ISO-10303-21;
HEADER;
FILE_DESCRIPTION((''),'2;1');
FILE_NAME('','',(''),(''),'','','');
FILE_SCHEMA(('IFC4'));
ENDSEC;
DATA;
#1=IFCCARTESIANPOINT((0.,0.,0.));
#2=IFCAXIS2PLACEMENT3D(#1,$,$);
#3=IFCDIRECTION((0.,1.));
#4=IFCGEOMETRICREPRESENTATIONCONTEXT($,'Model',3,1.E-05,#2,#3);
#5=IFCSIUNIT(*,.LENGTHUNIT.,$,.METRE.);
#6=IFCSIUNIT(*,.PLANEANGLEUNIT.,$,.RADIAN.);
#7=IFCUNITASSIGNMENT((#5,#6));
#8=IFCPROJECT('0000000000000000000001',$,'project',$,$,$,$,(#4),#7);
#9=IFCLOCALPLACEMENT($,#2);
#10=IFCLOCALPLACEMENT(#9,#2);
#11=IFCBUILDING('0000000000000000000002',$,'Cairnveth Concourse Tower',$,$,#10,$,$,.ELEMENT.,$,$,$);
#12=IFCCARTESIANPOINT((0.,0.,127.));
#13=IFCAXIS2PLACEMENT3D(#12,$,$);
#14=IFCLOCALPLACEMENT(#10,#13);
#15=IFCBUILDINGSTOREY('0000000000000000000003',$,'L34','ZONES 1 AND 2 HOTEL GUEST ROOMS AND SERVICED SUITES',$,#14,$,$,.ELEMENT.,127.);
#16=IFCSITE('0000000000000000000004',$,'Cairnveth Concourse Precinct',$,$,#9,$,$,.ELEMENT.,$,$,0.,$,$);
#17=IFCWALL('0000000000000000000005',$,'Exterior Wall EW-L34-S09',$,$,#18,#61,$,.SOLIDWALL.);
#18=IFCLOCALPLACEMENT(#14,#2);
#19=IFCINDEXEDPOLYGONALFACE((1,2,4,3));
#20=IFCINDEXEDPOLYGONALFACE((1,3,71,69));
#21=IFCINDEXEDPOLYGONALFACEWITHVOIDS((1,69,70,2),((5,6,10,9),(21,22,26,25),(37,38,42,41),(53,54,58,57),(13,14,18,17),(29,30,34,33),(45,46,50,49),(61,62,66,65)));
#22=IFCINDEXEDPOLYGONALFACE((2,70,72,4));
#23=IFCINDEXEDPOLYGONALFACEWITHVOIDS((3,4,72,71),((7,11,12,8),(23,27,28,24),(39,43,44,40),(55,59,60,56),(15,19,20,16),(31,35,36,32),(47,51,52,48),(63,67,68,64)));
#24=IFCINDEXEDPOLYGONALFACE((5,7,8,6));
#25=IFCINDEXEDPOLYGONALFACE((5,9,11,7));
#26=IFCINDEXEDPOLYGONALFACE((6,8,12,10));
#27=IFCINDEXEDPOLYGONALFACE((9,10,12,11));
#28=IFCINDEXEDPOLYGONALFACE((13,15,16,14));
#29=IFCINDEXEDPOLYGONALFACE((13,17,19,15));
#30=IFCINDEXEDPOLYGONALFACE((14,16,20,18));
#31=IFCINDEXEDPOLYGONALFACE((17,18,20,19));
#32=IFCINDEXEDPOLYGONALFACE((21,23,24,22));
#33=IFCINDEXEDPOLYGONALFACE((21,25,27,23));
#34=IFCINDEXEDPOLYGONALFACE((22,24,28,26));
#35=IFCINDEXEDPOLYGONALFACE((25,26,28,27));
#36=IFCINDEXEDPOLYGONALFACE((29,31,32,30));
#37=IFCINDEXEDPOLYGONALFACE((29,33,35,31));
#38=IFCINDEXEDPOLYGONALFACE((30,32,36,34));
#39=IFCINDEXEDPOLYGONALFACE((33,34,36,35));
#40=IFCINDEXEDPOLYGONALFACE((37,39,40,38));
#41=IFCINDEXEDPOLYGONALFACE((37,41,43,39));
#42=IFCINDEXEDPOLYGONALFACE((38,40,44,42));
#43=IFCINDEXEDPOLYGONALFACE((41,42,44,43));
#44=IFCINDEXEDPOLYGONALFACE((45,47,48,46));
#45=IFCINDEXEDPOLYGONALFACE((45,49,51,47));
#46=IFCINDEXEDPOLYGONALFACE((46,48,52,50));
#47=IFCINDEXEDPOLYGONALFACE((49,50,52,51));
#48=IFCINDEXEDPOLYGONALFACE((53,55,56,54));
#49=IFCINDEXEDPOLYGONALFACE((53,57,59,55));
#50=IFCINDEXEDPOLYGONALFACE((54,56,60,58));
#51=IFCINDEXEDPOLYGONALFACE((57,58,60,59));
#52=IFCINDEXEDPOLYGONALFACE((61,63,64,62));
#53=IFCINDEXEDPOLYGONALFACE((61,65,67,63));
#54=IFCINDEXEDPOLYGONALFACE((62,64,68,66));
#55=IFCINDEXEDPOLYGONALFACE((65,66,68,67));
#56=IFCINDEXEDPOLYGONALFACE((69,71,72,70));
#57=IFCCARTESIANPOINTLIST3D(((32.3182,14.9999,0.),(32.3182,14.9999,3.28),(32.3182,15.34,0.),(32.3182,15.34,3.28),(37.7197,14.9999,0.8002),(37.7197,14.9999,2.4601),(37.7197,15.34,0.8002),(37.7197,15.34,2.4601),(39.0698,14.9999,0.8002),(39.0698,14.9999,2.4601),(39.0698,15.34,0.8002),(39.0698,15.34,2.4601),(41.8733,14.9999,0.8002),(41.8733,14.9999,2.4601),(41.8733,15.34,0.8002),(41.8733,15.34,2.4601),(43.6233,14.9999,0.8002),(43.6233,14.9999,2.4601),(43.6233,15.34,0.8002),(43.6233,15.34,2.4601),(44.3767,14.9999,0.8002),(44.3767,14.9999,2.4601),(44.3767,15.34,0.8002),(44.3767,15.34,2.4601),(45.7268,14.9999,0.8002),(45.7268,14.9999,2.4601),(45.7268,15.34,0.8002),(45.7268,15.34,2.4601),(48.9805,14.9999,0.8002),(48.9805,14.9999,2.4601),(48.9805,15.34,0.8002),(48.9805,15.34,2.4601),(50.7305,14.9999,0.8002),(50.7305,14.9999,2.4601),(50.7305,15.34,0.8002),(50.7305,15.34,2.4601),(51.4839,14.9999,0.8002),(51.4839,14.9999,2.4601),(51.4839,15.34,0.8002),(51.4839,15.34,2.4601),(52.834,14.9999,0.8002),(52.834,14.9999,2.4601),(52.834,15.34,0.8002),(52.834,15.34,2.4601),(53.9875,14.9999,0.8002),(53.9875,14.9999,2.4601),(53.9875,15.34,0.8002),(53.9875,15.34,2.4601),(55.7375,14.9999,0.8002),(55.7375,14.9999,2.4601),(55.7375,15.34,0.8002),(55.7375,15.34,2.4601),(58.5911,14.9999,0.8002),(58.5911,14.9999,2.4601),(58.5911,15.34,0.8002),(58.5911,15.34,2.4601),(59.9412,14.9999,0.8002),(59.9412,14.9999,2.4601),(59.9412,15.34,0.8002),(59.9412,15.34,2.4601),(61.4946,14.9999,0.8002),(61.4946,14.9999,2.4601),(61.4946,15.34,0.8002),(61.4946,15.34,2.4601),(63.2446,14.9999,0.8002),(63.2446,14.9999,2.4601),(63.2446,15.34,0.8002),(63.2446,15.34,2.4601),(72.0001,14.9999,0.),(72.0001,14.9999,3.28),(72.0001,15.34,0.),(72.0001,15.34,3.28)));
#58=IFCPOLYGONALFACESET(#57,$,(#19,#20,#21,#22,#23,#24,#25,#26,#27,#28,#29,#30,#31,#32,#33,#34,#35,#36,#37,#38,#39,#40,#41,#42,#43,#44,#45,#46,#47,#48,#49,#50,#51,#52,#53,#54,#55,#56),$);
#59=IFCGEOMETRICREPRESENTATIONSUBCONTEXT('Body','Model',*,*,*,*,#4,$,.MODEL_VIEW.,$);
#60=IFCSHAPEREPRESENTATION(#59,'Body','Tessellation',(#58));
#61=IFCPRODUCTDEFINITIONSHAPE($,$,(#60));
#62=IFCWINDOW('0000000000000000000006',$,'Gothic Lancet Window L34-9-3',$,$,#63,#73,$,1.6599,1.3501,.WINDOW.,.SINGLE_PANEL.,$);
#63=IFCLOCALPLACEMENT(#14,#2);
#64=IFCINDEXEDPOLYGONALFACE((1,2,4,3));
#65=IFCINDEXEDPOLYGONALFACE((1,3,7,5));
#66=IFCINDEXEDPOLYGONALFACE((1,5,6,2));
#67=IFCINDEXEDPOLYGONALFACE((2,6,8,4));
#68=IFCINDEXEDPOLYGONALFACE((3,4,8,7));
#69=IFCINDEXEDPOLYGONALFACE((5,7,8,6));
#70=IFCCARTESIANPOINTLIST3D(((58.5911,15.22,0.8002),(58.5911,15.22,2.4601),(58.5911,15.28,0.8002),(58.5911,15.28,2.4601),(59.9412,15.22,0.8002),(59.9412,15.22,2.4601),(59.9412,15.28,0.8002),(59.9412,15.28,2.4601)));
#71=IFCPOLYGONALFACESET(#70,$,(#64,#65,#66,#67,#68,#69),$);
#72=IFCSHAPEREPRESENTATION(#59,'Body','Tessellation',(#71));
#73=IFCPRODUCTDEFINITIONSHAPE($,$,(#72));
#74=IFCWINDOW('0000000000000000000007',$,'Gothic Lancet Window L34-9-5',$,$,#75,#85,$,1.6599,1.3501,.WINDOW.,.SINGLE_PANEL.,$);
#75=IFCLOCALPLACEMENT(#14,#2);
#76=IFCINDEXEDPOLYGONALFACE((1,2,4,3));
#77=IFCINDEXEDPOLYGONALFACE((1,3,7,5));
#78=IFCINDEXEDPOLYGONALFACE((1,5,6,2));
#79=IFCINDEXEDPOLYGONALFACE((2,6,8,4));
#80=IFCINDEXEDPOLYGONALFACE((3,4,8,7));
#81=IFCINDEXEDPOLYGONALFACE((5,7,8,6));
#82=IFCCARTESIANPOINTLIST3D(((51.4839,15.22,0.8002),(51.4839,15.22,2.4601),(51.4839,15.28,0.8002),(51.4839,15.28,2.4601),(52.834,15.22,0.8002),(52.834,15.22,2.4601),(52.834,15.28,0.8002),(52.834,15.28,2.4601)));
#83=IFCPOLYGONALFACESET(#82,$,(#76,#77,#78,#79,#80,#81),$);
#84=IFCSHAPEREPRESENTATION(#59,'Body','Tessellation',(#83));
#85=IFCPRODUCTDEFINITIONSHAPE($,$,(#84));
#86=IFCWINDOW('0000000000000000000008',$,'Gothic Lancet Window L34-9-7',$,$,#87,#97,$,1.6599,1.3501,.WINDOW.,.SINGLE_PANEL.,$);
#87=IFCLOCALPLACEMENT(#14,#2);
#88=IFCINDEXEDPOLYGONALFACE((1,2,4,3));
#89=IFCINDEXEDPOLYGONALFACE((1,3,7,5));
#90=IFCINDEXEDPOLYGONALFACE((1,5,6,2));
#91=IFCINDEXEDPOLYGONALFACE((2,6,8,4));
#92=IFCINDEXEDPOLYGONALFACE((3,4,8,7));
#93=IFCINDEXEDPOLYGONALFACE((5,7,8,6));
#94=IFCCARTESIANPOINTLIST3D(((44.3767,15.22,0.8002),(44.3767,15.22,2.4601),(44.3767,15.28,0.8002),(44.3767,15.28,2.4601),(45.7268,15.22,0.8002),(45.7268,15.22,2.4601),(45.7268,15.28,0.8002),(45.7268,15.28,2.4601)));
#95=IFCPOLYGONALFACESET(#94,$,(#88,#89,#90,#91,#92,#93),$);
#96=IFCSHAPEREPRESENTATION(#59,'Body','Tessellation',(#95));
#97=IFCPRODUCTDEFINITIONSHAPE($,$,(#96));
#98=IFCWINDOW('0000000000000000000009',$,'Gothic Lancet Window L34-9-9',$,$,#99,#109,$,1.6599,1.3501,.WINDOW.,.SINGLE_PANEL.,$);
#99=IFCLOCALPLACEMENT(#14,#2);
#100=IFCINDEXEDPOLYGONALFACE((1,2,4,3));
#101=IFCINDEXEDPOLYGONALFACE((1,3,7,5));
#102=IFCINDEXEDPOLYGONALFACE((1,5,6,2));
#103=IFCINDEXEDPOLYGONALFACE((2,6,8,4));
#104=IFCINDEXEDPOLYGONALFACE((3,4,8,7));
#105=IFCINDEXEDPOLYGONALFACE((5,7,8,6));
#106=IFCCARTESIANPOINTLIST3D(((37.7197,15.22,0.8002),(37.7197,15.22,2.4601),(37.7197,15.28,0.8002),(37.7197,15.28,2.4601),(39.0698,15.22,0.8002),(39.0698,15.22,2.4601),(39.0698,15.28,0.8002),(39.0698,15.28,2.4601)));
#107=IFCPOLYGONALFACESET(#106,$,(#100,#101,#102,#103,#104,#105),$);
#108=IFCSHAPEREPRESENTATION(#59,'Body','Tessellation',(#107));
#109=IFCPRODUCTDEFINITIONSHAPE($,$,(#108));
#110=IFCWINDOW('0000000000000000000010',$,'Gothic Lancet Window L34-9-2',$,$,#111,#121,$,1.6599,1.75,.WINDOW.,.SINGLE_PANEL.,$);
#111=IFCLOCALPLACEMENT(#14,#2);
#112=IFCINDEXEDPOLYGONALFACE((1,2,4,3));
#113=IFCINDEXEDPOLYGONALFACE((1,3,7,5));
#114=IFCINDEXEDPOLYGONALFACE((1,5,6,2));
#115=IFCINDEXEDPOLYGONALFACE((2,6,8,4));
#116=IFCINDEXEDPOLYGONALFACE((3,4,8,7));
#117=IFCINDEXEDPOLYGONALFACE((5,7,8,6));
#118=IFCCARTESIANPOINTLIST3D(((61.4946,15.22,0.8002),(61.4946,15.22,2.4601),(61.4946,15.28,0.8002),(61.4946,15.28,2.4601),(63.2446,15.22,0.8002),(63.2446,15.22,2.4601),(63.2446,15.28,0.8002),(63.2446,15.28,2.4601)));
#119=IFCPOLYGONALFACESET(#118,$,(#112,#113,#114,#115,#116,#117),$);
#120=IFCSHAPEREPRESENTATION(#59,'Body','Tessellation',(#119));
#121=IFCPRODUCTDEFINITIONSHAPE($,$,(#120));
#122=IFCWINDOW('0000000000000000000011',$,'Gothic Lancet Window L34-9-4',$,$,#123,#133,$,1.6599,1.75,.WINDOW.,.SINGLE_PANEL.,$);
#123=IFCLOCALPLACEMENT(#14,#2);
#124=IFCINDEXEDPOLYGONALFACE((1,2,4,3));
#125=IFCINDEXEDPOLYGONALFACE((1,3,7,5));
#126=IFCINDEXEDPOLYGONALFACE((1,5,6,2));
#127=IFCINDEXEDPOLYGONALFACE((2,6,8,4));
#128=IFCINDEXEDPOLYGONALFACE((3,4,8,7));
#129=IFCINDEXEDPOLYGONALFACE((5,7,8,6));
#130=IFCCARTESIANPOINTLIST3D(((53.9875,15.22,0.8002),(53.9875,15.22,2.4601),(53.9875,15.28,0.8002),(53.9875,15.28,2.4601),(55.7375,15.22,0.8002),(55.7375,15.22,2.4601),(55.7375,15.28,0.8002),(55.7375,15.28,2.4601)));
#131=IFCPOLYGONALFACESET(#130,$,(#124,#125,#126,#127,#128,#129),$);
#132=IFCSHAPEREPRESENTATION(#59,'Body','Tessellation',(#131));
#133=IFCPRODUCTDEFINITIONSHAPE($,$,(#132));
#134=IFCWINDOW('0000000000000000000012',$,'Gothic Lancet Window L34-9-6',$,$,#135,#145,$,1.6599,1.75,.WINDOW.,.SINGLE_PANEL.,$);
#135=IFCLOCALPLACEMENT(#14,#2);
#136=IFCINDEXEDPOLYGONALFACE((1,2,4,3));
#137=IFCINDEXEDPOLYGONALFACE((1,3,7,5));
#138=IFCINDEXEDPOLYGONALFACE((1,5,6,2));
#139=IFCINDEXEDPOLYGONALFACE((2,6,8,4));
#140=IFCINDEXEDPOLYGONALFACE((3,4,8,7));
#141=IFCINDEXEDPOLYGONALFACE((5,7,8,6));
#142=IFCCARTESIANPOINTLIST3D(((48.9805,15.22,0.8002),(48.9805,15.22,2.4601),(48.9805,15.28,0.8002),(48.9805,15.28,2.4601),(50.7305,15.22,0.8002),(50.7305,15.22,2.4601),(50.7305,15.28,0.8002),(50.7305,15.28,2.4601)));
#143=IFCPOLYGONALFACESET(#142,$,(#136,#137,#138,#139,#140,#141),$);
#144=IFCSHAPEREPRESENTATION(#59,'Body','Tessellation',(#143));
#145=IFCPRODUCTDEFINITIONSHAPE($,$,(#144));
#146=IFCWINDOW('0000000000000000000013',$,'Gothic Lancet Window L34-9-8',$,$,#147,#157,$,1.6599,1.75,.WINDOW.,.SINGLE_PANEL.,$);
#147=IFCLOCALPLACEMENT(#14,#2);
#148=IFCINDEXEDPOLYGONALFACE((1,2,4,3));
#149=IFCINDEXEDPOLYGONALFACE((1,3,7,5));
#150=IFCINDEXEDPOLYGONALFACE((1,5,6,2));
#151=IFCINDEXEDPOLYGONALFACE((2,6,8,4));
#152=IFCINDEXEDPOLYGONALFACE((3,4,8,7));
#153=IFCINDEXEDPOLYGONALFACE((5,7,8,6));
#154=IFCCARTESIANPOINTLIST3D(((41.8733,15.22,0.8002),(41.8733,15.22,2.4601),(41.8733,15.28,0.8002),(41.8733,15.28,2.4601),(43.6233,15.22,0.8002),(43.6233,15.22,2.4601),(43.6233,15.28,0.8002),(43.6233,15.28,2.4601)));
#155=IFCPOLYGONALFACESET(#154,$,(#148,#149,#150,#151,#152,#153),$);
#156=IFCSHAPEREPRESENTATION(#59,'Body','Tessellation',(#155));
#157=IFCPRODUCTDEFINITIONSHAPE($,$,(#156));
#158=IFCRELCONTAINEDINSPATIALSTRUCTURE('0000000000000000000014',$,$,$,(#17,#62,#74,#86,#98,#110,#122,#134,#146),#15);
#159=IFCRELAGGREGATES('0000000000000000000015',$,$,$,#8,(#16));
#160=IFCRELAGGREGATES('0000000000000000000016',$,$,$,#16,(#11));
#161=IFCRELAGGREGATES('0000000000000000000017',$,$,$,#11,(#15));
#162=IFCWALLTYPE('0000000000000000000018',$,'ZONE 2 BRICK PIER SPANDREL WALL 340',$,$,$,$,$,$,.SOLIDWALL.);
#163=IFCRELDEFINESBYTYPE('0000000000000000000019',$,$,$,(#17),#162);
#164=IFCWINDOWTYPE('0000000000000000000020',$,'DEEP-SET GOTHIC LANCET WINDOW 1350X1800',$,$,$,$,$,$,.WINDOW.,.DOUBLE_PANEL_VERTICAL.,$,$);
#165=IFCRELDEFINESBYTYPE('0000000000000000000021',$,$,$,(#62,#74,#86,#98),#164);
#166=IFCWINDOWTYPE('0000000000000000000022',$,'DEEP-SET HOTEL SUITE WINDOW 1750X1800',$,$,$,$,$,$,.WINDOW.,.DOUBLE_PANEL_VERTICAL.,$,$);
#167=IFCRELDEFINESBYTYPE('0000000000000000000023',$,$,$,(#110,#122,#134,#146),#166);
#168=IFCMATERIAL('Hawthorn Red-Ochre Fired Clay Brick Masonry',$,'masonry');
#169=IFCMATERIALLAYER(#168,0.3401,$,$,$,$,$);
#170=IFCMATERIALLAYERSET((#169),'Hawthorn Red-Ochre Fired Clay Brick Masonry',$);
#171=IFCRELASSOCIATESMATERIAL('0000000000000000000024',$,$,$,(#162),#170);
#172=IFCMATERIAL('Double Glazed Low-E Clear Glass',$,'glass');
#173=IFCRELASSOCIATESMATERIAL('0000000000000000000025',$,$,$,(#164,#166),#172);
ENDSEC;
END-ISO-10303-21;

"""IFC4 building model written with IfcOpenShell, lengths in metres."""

from ifc_helpers import new_model, si_unit, direction, frame, frame_2d, origin, place, context, subcontext, project, spatial, rectangle, extrude, material, layer, layer_set, type_object, element, fill, save


model = new_model("IFC4")

# Units and contexts
model_context = context("Model", 3, precision=1e-05, world=origin(), true_north=direction((0.0, 1.0)))
body_context = subcontext(model_context, "Body", "Model", "MODEL_VIEW")
ifc_project = project(units=[si_unit("LENGTHUNIT", "METRE"), si_unit("PLANEANGLEUNIT", "RADIAN")], contexts=[model_context])

# Site, building, storey
site_placement = place(None, origin())
site = spatial("IfcSite", under=ifc_project, at=site_placement, Name="Cairnveth Concourse Precinct", CompositionType="ELEMENT", RefElevation=0.0)
building_placement = place(site_placement, origin())
building = spatial("IfcBuilding", under=site, at=building_placement, Name="Cairnveth Concourse Tower", CompositionType="ELEMENT")
storey_placement = place(building_placement, frame((0.0, 0.0, 127.0)))
storey = spatial("IfcBuildingStorey", under=building, at=storey_placement, Name="L34", Description="ZONES 1 AND 2 HOTEL GUEST ROOMS AND SERVICED SUITES", CompositionType="ELEMENT", Elevation=127.0)

# Shared definitions
ifc_material_1 = material(Name="Hawthorn Red-Ochre Fired Clay Brick Masonry", Category="masonry")
ifc_layer_1 = layer(ifc_material_1, 0.3401)
ifc_layer_set_1 = layer_set([ifc_layer_1], Name="Hawthorn Red-Ochre Fired Clay Brick Masonry")
wall_type_1 = type_object("IfcWallType", Name="ZONE 2 BRICK PIER SPANDREL WALL 340", PredefinedType="SOLIDWALL", material=ifc_layer_set_1)

# Wall, openings, windows
wall_1_placement = place(storey_placement, frame((72.0, 15.1699, 0.0), z_axis=(0.0, 0.0, 1.0), x_axis=(-1.0, 0.0, 0.0)))
wall_1 = element("IfcWall", 1, at=wall_1_placement, inside=storey, type_object=wall_type_1, Name="Exterior Wall EW-L34-S09", PredefinedType="SOLIDWALL", context=body_context, shape_type="SweptSolid", body=[
    extrude(rectangle(XDim=39.6819, YDim=0.3401, at=frame_2d((19.8408, 0.0))), origin(), (0.0, 0.0, 1.0), 3.28),
])
opening_1_placement = place(wall_1_placement, frame((8.7554, 0.0, 0.8)))
opening_1 = element("IfcOpeningElement", 2, at=opening_1_placement, cuts=wall_1, PredefinedType="OPENING", context=body_context, shape_type="SweptSolid", body=[
    extrude(rectangle(XDim=1.75, YDim=1.6599, at=frame_2d((0.875, 0.8301))), frame((0.0, 0.1799, 0.0), z_axis=(0.0, -1.0, 0.0), x_axis=(1.0, 0.0, 0.0)), (0.0, 0.0, 1.0), 0.3601),
])
opening_2_placement = place(wall_1_placement, frame((12.0588, 0.0, 0.8)))
opening_2 = element("IfcOpeningElement", 3, at=opening_2_placement, cuts=wall_1, PredefinedType="OPENING", context=body_context, shape_type="SweptSolid", body=[
    extrude(rectangle(XDim=1.3501, YDim=1.6599, at=frame_2d((0.675, 0.8301))), frame((0.0, 0.1799, 0.0), z_axis=(0.0, -1.0, 0.0), x_axis=(1.0, 0.0, 0.0)), (0.0, 0.0, 1.0), 0.3601),
])
opening_3_placement = place(wall_1_placement, frame((16.2625, 0.0, 0.8)))
opening_3 = element("IfcOpeningElement", 4, at=opening_3_placement, cuts=wall_1, PredefinedType="OPENING", context=body_context, shape_type="SweptSolid", body=[
    extrude(rectangle(XDim=1.75, YDim=1.6599, at=frame_2d((0.875, 0.8301))), frame((0.0, 0.1799, 0.0), z_axis=(0.0, -1.0, 0.0), x_axis=(1.0, 0.0, 0.0)), (0.0, 0.0, 1.0), 0.3601),
])
opening_4_placement = place(wall_1_placement, frame((19.166, 0.0, 0.8)))
opening_4 = element("IfcOpeningElement", 5, at=opening_4_placement, cuts=wall_1, PredefinedType="OPENING", context=body_context, shape_type="SweptSolid", body=[
    extrude(rectangle(XDim=1.3501, YDim=1.6599, at=frame_2d((0.675, 0.8301))), frame((0.0, 0.1799, 0.0), z_axis=(0.0, -1.0, 0.0), x_axis=(1.0, 0.0, 0.0)), (0.0, 0.0, 1.0), 0.3601),
])
opening_5_placement = place(wall_1_placement, frame((21.2695, 0.0, 0.8)))
opening_5 = element("IfcOpeningElement", 6, at=opening_5_placement, cuts=wall_1, PredefinedType="OPENING", context=body_context, shape_type="SweptSolid", body=[
    extrude(rectangle(XDim=1.75, YDim=1.6599, at=frame_2d((0.875, 0.8301))), frame((0.0, 0.1799, 0.0), z_axis=(0.0, -1.0, 0.0), x_axis=(1.0, 0.0, 0.0)), (0.0, 0.0, 1.0), 0.3601),
])
opening_6_placement = place(wall_1_placement, frame((26.2732, 0.0, 0.8)))
opening_6 = element("IfcOpeningElement", 7, at=opening_6_placement, cuts=wall_1, PredefinedType="OPENING", context=body_context, shape_type="SweptSolid", body=[
    extrude(rectangle(XDim=1.3501, YDim=1.6599, at=frame_2d((0.675, 0.8301))), frame((0.0, 0.1799, 0.0), z_axis=(0.0, -1.0, 0.0), x_axis=(1.0, 0.0, 0.0)), (0.0, 0.0, 1.0), 0.3601),
])
opening_7_placement = place(wall_1_placement, frame((28.3767, 0.0, 0.8)))
opening_7 = element("IfcOpeningElement", 8, at=opening_7_placement, cuts=wall_1, PredefinedType="OPENING", context=body_context, shape_type="SweptSolid", body=[
    extrude(rectangle(XDim=1.75, YDim=1.6599, at=frame_2d((0.875, 0.8301))), frame((0.0, 0.1799, 0.0), z_axis=(0.0, -1.0, 0.0), x_axis=(1.0, 0.0, 0.0)), (0.0, 0.0, 1.0), 0.3601),
])
opening_8_placement = place(wall_1_placement, frame((32.9302, 0.0, 0.8)))
opening_8 = element("IfcOpeningElement", 9, at=opening_8_placement, cuts=wall_1, PredefinedType="OPENING", context=body_context, shape_type="SweptSolid", body=[
    extrude(rectangle(XDim=1.3501, YDim=1.6599, at=frame_2d((0.675, 0.8301))), frame((0.0, 0.1799, 0.0), z_axis=(0.0, -1.0, 0.0), x_axis=(1.0, 0.0, 0.0)), (0.0, 0.0, 1.0), 0.3601),
])
ifc_material_2 = material(Name="Double Glazed Low-E Clear Glass", Category="glass")
window_type_1 = type_object("IfcWindowType", Name="DEEP-SET GOTHIC LANCET WINDOW 1350X1800", PartitioningType="DOUBLE_PANEL_VERTICAL", PredefinedType="WINDOW", material=ifc_material_2)
window_1_placement = place(opening_2_placement, origin())
window_1 = element("IfcWindow", 10, at=window_1_placement, inside=storey, type_object=window_type_1, Name="Gothic Lancet Window L34-9-3", OverallHeight=1.6599, OverallWidth=1.3501, PartitioningType="SINGLE_PANEL", PredefinedType="WINDOW", context=body_context, shape_type="SweptSolid", body=[
    extrude(rectangle(XDim=1.3501, YDim=1.6599, at=frame_2d((0.675, 0.8301))), frame((0.0, -0.05, 0.0), z_axis=(0.0, -1.0, 0.0), x_axis=(1.0, 0.0, 0.0)), (0.0, 0.0, 1.0), 0.0601),
])
fill(opening_2, window_1)
window_2_placement = place(opening_4_placement, origin())
window_2 = element("IfcWindow", 11, at=window_2_placement, inside=storey, type_object=window_type_1, Name="Gothic Lancet Window L34-9-5", OverallHeight=1.6599, OverallWidth=1.3501, PartitioningType="SINGLE_PANEL", PredefinedType="WINDOW", context=body_context, shape_type="SweptSolid", body=[
    extrude(rectangle(XDim=1.3501, YDim=1.6599, at=frame_2d((0.675, 0.8301))), frame((0.0, -0.05, 0.0), z_axis=(0.0, -1.0, 0.0), x_axis=(1.0, 0.0, 0.0)), (0.0, 0.0, 1.0), 0.0601),
])
fill(opening_4, window_2)
window_3_placement = place(opening_6_placement, origin())
window_3 = element("IfcWindow", 12, at=window_3_placement, inside=storey, type_object=window_type_1, Name="Gothic Lancet Window L34-9-7", OverallHeight=1.6599, OverallWidth=1.3501, PartitioningType="SINGLE_PANEL", PredefinedType="WINDOW", context=body_context, shape_type="SweptSolid", body=[
    extrude(rectangle(XDim=1.3501, YDim=1.6599, at=frame_2d((0.675, 0.8301))), frame((0.0, -0.05, 0.0), z_axis=(0.0, -1.0, 0.0), x_axis=(1.0, 0.0, 0.0)), (0.0, 0.0, 1.0), 0.0601),
])
fill(opening_6, window_3)
window_4_placement = place(opening_8_placement, origin())
window_4 = element("IfcWindow", 13, at=window_4_placement, inside=storey, type_object=window_type_1, Name="Gothic Lancet Window L34-9-9", OverallHeight=1.6599, OverallWidth=1.3501, PartitioningType="SINGLE_PANEL", PredefinedType="WINDOW", context=body_context, shape_type="SweptSolid", body=[
    extrude(rectangle(XDim=1.3501, YDim=1.6599, at=frame_2d((0.675, 0.8301))), frame((0.0, -0.05, 0.0), z_axis=(0.0, -1.0, 0.0), x_axis=(1.0, 0.0, 0.0)), (0.0, 0.0, 1.0), 0.0601),
])
fill(opening_8, window_4)
window_type_2 = type_object("IfcWindowType", Name="DEEP-SET HOTEL SUITE WINDOW 1750X1800", PartitioningType="DOUBLE_PANEL_VERTICAL", PredefinedType="WINDOW", material=ifc_material_2)
window_5_placement = place(opening_1_placement, origin())
window_5 = element("IfcWindow", 14, at=window_5_placement, inside=storey, type_object=window_type_2, Name="Gothic Lancet Window L34-9-2", OverallHeight=1.6599, OverallWidth=1.75, PartitioningType="SINGLE_PANEL", PredefinedType="WINDOW", context=body_context, shape_type="SweptSolid", body=[
    extrude(rectangle(XDim=1.75, YDim=1.6599, at=frame_2d((0.875, 0.8301))), frame((0.0, -0.05, 0.0), z_axis=(0.0, -1.0, 0.0), x_axis=(1.0, 0.0, 0.0)), (0.0, 0.0, 1.0), 0.0601),
])
fill(opening_1, window_5)
window_6_placement = place(opening_3_placement, origin())
window_6 = element("IfcWindow", 15, at=window_6_placement, inside=storey, type_object=window_type_2, Name="Gothic Lancet Window L34-9-4", OverallHeight=1.6599, OverallWidth=1.75, PartitioningType="SINGLE_PANEL", PredefinedType="WINDOW", context=body_context, shape_type="SweptSolid", body=[
    extrude(rectangle(XDim=1.75, YDim=1.6599, at=frame_2d((0.875, 0.8301))), frame((0.0, -0.05, 0.0), z_axis=(0.0, -1.0, 0.0), x_axis=(1.0, 0.0, 0.0)), (0.0, 0.0, 1.0), 0.0601),
])
fill(opening_3, window_6)
window_7_placement = place(opening_5_placement, origin())
window_7 = element("IfcWindow", 16, at=window_7_placement, inside=storey, type_object=window_type_2, Name="Gothic Lancet Window L34-9-6", OverallHeight=1.6599, OverallWidth=1.75, PartitioningType="SINGLE_PANEL", PredefinedType="WINDOW", context=body_context, shape_type="SweptSolid", body=[
    extrude(rectangle(XDim=1.75, YDim=1.6599, at=frame_2d((0.875, 0.8301))), frame((0.0, -0.05, 0.0), z_axis=(0.0, -1.0, 0.0), x_axis=(1.0, 0.0, 0.0)), (0.0, 0.0, 1.0), 0.0601),
])
fill(opening_5, window_7)
window_8_placement = place(opening_7_placement, origin())
window_8 = element("IfcWindow", 17, at=window_8_placement, inside=storey, type_object=window_type_2, Name="Gothic Lancet Window L34-9-8", OverallHeight=1.6599, OverallWidth=1.75, PartitioningType="SINGLE_PANEL", PredefinedType="WINDOW", context=body_context, shape_type="SweptSolid", body=[
    extrude(rectangle(XDim=1.75, YDim=1.6599, at=frame_2d((0.875, 0.8301))), frame((0.0, -0.05, 0.0), z_axis=(0.0, -1.0, 0.0), x_axis=(1.0, 0.0, 0.0)), (0.0, 0.0, 1.0), 0.0601),
])
fill(opening_7, window_8)

save(model, "model.ifc")
